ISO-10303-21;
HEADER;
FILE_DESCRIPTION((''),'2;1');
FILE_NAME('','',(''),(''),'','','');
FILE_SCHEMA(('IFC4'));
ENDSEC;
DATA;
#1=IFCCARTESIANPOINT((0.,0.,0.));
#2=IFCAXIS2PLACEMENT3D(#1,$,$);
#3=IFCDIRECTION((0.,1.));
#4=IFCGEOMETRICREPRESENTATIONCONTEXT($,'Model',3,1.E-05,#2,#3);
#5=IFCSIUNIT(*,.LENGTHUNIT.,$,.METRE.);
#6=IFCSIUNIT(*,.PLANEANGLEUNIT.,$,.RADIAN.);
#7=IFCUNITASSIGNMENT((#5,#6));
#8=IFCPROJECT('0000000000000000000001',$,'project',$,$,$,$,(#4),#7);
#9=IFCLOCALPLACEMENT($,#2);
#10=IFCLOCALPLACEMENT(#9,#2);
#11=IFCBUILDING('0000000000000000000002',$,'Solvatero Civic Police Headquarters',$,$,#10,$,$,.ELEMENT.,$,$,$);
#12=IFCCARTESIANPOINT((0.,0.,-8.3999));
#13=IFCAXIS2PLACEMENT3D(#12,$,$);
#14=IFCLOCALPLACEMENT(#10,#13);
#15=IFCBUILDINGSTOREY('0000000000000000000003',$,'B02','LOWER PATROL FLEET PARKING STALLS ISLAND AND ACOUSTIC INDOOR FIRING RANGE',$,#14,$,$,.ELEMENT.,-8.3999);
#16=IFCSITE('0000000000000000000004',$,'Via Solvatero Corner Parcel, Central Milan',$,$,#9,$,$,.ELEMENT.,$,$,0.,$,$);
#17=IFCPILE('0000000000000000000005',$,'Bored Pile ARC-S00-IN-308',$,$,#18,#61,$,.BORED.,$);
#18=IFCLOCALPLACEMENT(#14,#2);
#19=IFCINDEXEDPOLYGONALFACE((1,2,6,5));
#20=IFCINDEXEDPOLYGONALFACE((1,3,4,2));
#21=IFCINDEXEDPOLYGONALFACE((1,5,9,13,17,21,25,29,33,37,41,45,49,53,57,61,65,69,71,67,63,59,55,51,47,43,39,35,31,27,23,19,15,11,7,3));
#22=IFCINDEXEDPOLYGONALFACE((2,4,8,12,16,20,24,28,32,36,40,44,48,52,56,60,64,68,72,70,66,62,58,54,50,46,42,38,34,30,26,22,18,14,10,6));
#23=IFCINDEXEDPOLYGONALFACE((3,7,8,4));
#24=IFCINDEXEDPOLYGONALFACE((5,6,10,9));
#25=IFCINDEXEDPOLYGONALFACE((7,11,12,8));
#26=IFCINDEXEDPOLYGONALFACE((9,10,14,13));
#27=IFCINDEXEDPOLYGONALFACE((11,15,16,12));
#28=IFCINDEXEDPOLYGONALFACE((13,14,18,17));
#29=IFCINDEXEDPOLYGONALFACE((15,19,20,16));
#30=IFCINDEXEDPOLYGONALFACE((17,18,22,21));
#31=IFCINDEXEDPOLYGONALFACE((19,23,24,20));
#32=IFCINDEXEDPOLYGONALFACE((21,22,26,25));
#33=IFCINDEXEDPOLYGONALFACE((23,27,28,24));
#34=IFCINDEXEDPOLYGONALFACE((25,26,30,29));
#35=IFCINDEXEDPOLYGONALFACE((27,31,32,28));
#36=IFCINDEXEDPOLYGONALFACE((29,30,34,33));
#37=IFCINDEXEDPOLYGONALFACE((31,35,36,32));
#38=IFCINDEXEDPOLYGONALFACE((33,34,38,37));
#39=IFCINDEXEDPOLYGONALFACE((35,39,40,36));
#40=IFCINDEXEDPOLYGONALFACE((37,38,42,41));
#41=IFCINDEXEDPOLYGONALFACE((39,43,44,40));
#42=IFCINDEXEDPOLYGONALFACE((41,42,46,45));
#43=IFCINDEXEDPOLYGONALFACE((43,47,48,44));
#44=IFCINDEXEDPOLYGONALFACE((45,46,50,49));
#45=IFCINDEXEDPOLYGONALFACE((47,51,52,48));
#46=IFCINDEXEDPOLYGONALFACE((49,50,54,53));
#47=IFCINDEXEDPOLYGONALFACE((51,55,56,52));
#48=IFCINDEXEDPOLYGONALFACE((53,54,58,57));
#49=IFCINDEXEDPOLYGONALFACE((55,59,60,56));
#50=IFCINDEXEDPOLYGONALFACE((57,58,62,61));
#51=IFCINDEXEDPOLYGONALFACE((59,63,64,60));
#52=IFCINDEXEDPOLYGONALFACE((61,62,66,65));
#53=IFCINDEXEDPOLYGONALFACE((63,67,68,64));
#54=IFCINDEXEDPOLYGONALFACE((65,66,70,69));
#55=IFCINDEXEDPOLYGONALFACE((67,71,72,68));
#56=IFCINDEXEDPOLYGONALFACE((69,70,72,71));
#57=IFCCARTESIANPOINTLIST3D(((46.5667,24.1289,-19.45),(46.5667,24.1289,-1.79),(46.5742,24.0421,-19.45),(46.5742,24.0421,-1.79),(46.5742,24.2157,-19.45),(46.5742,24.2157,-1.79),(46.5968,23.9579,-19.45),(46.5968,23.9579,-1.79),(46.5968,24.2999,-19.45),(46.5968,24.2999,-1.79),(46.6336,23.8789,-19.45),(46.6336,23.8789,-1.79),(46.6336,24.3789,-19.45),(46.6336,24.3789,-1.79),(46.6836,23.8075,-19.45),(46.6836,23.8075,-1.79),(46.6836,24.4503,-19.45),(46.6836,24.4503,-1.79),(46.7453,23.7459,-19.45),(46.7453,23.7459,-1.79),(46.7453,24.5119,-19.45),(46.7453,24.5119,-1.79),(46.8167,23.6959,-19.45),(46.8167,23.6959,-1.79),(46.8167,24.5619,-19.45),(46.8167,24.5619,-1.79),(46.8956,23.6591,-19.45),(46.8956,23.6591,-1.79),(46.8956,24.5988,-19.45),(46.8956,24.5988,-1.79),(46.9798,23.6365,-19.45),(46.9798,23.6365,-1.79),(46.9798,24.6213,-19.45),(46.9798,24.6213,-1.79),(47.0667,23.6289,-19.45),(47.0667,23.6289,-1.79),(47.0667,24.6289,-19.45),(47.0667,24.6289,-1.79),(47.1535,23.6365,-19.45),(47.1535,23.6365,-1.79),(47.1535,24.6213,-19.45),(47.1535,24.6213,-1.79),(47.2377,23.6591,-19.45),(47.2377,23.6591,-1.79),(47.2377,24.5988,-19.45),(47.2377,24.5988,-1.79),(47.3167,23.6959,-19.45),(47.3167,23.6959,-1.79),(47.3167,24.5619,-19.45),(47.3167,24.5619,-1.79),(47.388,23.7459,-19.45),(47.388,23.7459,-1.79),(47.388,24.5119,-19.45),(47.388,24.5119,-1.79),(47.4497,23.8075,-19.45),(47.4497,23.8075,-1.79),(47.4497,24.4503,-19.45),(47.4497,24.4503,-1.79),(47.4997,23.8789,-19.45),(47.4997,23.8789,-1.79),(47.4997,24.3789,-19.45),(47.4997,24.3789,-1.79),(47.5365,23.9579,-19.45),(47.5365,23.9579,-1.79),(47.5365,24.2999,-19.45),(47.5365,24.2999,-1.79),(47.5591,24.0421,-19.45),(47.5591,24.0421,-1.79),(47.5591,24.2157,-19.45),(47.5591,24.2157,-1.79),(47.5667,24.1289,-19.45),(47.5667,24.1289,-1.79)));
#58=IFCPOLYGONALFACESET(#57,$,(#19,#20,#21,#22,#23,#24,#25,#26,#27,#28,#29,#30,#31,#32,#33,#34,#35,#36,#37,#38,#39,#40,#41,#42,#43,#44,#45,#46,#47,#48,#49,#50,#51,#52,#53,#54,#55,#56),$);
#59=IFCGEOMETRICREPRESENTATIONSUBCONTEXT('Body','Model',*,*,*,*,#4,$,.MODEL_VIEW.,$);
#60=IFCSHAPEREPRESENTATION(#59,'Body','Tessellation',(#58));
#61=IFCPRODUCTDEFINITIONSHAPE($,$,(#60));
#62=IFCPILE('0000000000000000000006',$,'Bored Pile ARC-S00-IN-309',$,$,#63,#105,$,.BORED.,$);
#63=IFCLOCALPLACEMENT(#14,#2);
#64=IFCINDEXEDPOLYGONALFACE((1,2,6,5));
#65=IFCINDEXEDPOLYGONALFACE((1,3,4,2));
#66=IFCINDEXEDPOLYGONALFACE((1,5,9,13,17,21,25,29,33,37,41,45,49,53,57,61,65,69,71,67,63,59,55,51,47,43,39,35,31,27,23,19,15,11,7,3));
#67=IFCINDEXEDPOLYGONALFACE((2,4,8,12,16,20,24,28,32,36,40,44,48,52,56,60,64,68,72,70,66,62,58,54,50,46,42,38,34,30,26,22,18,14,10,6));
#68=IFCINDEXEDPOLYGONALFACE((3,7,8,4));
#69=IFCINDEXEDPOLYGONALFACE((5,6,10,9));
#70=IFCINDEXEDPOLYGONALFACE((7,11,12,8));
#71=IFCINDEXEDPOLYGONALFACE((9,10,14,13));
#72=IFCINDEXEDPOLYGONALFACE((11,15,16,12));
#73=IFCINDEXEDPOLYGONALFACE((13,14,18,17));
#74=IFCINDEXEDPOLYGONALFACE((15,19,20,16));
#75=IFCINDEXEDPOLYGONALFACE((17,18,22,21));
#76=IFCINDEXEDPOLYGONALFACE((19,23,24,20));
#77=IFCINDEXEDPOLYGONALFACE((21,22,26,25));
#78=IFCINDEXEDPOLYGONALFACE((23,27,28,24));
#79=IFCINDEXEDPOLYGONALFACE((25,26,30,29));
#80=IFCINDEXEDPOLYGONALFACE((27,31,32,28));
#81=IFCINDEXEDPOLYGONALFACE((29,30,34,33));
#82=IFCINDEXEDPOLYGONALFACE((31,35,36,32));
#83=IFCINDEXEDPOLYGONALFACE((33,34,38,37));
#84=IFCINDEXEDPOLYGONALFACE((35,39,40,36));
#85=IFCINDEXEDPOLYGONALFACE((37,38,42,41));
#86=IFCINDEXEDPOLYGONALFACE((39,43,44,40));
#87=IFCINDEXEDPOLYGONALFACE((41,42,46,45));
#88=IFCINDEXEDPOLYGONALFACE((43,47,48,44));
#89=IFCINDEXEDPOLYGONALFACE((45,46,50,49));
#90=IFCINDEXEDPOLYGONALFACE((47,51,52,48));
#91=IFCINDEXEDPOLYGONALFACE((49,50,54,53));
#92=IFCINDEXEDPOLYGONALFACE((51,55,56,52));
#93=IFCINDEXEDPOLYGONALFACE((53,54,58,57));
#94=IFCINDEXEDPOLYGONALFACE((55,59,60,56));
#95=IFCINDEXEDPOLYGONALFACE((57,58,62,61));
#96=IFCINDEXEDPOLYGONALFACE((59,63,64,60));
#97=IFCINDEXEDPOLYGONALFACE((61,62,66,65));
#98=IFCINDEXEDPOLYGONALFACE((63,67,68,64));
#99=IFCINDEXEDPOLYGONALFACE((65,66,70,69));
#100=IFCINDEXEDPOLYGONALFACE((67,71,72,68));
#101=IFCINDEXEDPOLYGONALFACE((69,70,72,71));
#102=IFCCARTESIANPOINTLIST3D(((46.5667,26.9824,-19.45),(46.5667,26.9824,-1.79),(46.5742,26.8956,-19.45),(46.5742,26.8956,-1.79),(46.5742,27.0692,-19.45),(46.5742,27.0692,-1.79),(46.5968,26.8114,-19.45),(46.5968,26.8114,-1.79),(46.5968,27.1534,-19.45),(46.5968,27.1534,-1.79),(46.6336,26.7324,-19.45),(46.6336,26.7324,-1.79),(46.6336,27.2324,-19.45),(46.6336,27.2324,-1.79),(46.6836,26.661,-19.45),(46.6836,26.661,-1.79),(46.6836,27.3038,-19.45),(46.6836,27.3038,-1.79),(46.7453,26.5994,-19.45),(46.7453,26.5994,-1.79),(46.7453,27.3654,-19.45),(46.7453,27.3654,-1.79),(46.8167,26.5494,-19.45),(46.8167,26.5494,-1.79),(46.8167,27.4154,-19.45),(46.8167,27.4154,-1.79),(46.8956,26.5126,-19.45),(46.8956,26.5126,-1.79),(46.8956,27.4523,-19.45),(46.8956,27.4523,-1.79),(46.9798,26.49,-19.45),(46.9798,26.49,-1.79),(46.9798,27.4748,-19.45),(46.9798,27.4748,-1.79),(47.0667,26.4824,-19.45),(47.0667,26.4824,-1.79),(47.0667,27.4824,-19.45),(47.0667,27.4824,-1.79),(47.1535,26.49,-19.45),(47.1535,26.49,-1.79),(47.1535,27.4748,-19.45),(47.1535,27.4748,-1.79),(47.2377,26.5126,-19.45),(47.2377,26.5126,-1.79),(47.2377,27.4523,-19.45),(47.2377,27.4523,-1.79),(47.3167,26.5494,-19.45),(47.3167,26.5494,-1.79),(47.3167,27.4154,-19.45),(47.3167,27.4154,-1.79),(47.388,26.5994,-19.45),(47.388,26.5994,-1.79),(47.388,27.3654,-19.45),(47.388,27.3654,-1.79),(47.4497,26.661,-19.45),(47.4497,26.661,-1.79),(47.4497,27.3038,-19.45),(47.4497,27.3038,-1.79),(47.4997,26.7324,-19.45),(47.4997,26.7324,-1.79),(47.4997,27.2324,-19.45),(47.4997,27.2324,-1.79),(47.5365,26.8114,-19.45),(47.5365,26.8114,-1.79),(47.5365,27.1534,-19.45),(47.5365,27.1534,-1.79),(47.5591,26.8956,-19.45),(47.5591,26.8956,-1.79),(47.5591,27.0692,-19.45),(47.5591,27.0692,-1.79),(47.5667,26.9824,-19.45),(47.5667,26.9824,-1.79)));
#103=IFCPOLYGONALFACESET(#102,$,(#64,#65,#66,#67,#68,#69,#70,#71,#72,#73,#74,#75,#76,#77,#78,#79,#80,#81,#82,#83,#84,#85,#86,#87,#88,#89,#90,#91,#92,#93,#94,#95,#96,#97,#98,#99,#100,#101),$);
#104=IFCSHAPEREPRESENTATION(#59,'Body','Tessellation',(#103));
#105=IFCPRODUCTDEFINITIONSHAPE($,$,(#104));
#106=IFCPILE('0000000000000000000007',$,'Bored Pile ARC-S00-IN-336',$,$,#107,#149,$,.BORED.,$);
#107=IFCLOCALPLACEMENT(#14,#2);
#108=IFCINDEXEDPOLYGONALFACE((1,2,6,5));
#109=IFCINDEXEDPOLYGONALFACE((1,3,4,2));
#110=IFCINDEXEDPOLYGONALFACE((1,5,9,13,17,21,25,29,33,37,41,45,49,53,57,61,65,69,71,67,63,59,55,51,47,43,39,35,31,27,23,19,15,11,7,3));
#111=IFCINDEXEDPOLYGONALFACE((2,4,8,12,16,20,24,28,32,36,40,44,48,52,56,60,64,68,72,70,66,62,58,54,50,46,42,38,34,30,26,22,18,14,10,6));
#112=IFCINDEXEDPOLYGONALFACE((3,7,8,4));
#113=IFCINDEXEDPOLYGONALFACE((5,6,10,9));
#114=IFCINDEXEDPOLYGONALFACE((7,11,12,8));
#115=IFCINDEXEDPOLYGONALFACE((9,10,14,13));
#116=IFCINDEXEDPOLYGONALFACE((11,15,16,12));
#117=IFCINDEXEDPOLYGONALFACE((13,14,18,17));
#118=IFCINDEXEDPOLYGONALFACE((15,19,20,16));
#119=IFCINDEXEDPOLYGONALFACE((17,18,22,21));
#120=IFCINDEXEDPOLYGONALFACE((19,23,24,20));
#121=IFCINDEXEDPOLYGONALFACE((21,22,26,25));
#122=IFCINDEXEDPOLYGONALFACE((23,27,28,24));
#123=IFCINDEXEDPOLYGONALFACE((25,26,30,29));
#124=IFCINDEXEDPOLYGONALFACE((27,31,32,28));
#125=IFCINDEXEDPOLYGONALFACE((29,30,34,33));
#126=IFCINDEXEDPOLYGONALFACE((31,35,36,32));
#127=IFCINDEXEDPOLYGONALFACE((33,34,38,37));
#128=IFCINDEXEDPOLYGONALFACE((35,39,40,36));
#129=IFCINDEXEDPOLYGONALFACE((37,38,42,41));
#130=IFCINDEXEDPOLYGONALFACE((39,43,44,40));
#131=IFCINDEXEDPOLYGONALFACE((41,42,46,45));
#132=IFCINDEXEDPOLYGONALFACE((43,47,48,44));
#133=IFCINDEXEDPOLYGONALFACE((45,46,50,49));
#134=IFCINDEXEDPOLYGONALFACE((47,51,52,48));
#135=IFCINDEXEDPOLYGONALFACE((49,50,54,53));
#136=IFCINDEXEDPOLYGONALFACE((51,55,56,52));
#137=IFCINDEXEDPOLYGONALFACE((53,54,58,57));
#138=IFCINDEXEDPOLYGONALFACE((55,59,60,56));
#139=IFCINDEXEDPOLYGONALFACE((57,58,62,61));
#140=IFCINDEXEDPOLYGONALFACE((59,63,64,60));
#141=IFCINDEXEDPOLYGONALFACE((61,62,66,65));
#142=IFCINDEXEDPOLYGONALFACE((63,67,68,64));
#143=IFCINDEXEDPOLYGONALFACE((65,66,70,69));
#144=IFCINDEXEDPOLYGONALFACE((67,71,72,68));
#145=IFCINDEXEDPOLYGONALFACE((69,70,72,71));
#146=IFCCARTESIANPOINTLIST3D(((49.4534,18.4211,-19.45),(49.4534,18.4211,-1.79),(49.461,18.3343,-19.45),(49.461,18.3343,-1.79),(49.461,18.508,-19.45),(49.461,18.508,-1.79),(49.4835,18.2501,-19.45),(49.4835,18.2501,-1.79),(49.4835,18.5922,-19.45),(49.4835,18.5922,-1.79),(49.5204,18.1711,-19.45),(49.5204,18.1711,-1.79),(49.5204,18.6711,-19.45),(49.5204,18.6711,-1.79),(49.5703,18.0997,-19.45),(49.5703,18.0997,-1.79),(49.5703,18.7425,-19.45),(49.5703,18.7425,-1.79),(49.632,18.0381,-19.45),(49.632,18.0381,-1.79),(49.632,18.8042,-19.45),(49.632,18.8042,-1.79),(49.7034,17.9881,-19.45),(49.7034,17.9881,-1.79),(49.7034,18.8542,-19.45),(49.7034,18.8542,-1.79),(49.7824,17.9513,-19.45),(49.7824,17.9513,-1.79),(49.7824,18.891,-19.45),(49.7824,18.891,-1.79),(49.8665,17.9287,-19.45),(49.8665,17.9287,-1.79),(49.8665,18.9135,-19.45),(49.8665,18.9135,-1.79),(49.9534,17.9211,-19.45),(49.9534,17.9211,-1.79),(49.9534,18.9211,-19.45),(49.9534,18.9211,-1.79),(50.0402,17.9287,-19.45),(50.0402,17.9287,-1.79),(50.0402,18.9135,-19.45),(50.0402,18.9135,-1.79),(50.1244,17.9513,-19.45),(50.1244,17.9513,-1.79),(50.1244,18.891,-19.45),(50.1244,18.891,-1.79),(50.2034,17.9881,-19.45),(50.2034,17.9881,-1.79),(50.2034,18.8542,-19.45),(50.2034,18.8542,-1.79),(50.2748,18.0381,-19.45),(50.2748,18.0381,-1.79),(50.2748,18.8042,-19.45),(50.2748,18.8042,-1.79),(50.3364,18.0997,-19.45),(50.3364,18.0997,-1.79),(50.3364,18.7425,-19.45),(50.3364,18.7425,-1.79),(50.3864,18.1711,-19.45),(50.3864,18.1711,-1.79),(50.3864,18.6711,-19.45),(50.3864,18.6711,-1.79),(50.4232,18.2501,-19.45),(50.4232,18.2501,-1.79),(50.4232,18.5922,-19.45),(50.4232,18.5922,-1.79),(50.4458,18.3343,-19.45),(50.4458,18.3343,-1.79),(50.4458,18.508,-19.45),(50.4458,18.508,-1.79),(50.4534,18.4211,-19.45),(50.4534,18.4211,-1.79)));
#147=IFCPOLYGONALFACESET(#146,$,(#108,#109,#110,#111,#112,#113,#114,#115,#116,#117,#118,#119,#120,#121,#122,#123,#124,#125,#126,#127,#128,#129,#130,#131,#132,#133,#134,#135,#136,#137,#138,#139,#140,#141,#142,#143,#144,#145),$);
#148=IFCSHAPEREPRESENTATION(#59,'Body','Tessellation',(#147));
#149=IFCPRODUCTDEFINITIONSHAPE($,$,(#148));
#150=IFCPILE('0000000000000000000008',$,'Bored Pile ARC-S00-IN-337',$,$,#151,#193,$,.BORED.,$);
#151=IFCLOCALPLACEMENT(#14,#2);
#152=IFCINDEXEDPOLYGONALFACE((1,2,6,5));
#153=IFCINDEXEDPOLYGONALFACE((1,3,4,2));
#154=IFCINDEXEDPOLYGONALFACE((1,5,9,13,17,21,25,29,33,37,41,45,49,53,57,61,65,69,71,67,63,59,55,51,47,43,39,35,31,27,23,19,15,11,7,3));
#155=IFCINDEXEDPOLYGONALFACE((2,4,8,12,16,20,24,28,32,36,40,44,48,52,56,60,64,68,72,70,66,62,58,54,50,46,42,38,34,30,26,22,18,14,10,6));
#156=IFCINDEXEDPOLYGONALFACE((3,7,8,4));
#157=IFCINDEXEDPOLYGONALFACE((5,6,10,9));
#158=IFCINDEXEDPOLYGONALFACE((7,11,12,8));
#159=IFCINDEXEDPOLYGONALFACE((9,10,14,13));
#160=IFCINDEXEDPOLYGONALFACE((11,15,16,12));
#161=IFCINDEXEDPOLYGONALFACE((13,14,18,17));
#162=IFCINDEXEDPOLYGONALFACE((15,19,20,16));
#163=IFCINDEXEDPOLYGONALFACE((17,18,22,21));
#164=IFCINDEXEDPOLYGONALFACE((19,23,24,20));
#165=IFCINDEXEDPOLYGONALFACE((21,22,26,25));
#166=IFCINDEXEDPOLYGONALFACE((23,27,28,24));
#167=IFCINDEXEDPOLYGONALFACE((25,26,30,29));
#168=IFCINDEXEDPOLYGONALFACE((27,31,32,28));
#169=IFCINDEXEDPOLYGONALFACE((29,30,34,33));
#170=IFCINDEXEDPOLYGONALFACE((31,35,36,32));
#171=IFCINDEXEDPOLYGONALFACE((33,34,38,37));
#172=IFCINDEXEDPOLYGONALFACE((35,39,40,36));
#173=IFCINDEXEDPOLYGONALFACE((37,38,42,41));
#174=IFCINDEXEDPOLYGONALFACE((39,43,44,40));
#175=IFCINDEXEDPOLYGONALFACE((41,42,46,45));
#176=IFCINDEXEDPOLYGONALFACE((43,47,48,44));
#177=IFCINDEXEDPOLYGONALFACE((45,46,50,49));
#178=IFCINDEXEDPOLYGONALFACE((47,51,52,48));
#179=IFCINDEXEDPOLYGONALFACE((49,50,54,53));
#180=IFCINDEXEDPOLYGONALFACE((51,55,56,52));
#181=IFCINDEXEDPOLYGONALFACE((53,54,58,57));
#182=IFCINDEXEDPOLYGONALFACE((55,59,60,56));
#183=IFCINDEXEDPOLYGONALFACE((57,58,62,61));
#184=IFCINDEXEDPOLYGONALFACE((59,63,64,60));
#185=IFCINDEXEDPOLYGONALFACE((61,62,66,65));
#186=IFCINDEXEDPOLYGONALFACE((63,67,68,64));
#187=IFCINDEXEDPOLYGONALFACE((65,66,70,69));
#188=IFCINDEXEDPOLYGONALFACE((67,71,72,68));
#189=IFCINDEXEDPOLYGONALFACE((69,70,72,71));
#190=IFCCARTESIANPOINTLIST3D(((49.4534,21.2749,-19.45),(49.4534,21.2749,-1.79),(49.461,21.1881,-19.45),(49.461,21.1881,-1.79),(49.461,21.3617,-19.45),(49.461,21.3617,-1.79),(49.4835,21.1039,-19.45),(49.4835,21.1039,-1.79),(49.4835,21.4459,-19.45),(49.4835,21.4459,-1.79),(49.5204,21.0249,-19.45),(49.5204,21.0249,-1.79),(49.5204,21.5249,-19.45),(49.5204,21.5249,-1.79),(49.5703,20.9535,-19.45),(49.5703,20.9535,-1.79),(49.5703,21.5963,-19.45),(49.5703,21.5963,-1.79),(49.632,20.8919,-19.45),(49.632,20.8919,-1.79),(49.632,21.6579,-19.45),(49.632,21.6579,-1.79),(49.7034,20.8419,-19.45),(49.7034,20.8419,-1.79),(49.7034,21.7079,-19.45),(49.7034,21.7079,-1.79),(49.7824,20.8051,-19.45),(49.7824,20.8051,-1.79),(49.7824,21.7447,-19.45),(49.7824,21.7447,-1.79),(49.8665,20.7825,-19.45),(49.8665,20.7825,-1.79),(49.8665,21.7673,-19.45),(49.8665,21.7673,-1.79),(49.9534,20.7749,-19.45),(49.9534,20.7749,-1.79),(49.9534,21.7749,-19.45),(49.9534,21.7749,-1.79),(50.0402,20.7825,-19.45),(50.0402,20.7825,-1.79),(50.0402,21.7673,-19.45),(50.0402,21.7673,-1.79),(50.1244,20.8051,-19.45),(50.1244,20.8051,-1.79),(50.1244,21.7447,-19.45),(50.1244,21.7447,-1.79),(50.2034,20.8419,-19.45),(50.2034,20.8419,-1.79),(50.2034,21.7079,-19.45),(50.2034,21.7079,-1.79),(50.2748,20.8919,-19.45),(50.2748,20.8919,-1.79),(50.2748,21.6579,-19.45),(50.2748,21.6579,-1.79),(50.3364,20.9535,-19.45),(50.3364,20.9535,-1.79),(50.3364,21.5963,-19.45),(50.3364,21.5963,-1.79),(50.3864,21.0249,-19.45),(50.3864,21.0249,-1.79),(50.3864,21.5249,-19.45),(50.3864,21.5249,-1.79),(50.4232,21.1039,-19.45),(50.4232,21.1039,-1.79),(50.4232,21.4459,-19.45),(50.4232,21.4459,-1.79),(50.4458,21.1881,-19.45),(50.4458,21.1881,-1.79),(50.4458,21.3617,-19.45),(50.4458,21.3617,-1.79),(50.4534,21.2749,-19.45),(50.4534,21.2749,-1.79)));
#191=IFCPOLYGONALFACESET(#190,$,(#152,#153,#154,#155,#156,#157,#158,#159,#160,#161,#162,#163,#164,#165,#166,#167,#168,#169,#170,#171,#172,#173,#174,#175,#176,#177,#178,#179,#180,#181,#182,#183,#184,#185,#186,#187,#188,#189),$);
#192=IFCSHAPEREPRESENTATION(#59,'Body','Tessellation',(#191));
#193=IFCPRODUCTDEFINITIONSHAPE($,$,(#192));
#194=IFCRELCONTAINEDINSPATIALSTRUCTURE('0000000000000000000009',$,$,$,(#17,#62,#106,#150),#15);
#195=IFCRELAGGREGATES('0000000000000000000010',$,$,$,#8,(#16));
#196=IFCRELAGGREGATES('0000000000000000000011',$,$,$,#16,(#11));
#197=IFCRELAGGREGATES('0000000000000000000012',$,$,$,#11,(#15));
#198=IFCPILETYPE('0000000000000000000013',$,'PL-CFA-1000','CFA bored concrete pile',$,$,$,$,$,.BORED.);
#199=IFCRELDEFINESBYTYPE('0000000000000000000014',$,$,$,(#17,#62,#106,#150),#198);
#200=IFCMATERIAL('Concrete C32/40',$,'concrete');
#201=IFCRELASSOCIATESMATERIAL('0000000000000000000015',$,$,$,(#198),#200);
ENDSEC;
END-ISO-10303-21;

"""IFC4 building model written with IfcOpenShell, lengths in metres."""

from ifc_helpers import new_model, si_unit, direction, frame, origin, origin_2d, place, context, subcontext, project, spatial, circle, extrude, material, material_profile, profile_set, type_object, element, save


model = new_model("IFC4")

# Units and contexts
model_context = context("Model", 3, precision=1e-05, world=origin(), true_north=direction((0.0, 1.0)))
body_context = subcontext(model_context, "Body", "Model", "MODEL_VIEW")
ifc_project = project(units=[si_unit("LENGTHUNIT", "METRE"), si_unit("PLANEANGLEUNIT", "RADIAN")], contexts=[model_context])

# Site, building, storey
site_placement = place(None, origin())
site = spatial("IfcSite", under=ifc_project, at=site_placement, Name="Via Solvatero Corner Parcel, Central Milan", CompositionType="ELEMENT", RefElevation=0.0)
building_placement = place(site_placement, origin())
building = spatial("IfcBuilding", under=site, at=building_placement, Name="Solvatero Civic Police Headquarters", CompositionType="ELEMENT")
storey_placement = place(building_placement, frame((0.0, 0.0, -8.3999)))
storey = spatial("IfcBuildingStorey", under=building, at=storey_placement, Name="B02", Description="LOWER PATROL FLEET PARKING STALLS ISLAND AND ACOUSTIC INDOOR FIRING RANGE", CompositionType="ELEMENT", Elevation=-8.3999)

# Piles
ifc_material_1 = material(Name="Concrete C32/40", Category="concrete")
ifc_material_profile_1 = material_profile(ifc_material_1, circle(Radius=0.5, at=origin_2d()), Name="CFA PILE D1000")
ifc_profile_set_1 = profile_set([ifc_material_profile_1], Name="Concrete C32/40")
pile_type = type_object("IfcPileType", Name="PL-CFA-1000", Description="CFA bored concrete pile", PredefinedType="BORED", material=ifc_profile_set_1)
for number, where, z_axis, x_axis, name in (
    (1, (47.0667, 24.1289, -1.79), (0.0, 0.0, -1.0), (1.0, 0.0, 0.0), "Bored Pile ARC-S00-IN-308"),
    (2, (47.0667, 26.9824, -1.79), (0.0, 0.0, -1.0), (1.0, 0.0, 0.0), "Bored Pile ARC-S00-IN-309"),
    (3, (49.9534, 18.4211, -1.79), (0.0, 0.0, -1.0), (1.0, 0.0, 0.0), "Bored Pile ARC-S00-IN-336"),
    (4, (49.9534, 21.2749, -1.79), (0.0, 0.0, -1.0), (1.0, 0.0, 0.0), "Bored Pile ARC-S00-IN-337"),
):
    element("IfcPile", number, at=place(storey_placement, frame(where, z_axis=z_axis, x_axis=x_axis)), inside=storey, type_object=pile_type, Name=name, PredefinedType="BORED", context=body_context, shape_type="SweptSolid", body=[
        extrude(circle(Radius=0.5, at=origin_2d()), origin(), (0.0, 0.0, 1.0), 17.6599),
    ])

save(model, "model.ifc")
